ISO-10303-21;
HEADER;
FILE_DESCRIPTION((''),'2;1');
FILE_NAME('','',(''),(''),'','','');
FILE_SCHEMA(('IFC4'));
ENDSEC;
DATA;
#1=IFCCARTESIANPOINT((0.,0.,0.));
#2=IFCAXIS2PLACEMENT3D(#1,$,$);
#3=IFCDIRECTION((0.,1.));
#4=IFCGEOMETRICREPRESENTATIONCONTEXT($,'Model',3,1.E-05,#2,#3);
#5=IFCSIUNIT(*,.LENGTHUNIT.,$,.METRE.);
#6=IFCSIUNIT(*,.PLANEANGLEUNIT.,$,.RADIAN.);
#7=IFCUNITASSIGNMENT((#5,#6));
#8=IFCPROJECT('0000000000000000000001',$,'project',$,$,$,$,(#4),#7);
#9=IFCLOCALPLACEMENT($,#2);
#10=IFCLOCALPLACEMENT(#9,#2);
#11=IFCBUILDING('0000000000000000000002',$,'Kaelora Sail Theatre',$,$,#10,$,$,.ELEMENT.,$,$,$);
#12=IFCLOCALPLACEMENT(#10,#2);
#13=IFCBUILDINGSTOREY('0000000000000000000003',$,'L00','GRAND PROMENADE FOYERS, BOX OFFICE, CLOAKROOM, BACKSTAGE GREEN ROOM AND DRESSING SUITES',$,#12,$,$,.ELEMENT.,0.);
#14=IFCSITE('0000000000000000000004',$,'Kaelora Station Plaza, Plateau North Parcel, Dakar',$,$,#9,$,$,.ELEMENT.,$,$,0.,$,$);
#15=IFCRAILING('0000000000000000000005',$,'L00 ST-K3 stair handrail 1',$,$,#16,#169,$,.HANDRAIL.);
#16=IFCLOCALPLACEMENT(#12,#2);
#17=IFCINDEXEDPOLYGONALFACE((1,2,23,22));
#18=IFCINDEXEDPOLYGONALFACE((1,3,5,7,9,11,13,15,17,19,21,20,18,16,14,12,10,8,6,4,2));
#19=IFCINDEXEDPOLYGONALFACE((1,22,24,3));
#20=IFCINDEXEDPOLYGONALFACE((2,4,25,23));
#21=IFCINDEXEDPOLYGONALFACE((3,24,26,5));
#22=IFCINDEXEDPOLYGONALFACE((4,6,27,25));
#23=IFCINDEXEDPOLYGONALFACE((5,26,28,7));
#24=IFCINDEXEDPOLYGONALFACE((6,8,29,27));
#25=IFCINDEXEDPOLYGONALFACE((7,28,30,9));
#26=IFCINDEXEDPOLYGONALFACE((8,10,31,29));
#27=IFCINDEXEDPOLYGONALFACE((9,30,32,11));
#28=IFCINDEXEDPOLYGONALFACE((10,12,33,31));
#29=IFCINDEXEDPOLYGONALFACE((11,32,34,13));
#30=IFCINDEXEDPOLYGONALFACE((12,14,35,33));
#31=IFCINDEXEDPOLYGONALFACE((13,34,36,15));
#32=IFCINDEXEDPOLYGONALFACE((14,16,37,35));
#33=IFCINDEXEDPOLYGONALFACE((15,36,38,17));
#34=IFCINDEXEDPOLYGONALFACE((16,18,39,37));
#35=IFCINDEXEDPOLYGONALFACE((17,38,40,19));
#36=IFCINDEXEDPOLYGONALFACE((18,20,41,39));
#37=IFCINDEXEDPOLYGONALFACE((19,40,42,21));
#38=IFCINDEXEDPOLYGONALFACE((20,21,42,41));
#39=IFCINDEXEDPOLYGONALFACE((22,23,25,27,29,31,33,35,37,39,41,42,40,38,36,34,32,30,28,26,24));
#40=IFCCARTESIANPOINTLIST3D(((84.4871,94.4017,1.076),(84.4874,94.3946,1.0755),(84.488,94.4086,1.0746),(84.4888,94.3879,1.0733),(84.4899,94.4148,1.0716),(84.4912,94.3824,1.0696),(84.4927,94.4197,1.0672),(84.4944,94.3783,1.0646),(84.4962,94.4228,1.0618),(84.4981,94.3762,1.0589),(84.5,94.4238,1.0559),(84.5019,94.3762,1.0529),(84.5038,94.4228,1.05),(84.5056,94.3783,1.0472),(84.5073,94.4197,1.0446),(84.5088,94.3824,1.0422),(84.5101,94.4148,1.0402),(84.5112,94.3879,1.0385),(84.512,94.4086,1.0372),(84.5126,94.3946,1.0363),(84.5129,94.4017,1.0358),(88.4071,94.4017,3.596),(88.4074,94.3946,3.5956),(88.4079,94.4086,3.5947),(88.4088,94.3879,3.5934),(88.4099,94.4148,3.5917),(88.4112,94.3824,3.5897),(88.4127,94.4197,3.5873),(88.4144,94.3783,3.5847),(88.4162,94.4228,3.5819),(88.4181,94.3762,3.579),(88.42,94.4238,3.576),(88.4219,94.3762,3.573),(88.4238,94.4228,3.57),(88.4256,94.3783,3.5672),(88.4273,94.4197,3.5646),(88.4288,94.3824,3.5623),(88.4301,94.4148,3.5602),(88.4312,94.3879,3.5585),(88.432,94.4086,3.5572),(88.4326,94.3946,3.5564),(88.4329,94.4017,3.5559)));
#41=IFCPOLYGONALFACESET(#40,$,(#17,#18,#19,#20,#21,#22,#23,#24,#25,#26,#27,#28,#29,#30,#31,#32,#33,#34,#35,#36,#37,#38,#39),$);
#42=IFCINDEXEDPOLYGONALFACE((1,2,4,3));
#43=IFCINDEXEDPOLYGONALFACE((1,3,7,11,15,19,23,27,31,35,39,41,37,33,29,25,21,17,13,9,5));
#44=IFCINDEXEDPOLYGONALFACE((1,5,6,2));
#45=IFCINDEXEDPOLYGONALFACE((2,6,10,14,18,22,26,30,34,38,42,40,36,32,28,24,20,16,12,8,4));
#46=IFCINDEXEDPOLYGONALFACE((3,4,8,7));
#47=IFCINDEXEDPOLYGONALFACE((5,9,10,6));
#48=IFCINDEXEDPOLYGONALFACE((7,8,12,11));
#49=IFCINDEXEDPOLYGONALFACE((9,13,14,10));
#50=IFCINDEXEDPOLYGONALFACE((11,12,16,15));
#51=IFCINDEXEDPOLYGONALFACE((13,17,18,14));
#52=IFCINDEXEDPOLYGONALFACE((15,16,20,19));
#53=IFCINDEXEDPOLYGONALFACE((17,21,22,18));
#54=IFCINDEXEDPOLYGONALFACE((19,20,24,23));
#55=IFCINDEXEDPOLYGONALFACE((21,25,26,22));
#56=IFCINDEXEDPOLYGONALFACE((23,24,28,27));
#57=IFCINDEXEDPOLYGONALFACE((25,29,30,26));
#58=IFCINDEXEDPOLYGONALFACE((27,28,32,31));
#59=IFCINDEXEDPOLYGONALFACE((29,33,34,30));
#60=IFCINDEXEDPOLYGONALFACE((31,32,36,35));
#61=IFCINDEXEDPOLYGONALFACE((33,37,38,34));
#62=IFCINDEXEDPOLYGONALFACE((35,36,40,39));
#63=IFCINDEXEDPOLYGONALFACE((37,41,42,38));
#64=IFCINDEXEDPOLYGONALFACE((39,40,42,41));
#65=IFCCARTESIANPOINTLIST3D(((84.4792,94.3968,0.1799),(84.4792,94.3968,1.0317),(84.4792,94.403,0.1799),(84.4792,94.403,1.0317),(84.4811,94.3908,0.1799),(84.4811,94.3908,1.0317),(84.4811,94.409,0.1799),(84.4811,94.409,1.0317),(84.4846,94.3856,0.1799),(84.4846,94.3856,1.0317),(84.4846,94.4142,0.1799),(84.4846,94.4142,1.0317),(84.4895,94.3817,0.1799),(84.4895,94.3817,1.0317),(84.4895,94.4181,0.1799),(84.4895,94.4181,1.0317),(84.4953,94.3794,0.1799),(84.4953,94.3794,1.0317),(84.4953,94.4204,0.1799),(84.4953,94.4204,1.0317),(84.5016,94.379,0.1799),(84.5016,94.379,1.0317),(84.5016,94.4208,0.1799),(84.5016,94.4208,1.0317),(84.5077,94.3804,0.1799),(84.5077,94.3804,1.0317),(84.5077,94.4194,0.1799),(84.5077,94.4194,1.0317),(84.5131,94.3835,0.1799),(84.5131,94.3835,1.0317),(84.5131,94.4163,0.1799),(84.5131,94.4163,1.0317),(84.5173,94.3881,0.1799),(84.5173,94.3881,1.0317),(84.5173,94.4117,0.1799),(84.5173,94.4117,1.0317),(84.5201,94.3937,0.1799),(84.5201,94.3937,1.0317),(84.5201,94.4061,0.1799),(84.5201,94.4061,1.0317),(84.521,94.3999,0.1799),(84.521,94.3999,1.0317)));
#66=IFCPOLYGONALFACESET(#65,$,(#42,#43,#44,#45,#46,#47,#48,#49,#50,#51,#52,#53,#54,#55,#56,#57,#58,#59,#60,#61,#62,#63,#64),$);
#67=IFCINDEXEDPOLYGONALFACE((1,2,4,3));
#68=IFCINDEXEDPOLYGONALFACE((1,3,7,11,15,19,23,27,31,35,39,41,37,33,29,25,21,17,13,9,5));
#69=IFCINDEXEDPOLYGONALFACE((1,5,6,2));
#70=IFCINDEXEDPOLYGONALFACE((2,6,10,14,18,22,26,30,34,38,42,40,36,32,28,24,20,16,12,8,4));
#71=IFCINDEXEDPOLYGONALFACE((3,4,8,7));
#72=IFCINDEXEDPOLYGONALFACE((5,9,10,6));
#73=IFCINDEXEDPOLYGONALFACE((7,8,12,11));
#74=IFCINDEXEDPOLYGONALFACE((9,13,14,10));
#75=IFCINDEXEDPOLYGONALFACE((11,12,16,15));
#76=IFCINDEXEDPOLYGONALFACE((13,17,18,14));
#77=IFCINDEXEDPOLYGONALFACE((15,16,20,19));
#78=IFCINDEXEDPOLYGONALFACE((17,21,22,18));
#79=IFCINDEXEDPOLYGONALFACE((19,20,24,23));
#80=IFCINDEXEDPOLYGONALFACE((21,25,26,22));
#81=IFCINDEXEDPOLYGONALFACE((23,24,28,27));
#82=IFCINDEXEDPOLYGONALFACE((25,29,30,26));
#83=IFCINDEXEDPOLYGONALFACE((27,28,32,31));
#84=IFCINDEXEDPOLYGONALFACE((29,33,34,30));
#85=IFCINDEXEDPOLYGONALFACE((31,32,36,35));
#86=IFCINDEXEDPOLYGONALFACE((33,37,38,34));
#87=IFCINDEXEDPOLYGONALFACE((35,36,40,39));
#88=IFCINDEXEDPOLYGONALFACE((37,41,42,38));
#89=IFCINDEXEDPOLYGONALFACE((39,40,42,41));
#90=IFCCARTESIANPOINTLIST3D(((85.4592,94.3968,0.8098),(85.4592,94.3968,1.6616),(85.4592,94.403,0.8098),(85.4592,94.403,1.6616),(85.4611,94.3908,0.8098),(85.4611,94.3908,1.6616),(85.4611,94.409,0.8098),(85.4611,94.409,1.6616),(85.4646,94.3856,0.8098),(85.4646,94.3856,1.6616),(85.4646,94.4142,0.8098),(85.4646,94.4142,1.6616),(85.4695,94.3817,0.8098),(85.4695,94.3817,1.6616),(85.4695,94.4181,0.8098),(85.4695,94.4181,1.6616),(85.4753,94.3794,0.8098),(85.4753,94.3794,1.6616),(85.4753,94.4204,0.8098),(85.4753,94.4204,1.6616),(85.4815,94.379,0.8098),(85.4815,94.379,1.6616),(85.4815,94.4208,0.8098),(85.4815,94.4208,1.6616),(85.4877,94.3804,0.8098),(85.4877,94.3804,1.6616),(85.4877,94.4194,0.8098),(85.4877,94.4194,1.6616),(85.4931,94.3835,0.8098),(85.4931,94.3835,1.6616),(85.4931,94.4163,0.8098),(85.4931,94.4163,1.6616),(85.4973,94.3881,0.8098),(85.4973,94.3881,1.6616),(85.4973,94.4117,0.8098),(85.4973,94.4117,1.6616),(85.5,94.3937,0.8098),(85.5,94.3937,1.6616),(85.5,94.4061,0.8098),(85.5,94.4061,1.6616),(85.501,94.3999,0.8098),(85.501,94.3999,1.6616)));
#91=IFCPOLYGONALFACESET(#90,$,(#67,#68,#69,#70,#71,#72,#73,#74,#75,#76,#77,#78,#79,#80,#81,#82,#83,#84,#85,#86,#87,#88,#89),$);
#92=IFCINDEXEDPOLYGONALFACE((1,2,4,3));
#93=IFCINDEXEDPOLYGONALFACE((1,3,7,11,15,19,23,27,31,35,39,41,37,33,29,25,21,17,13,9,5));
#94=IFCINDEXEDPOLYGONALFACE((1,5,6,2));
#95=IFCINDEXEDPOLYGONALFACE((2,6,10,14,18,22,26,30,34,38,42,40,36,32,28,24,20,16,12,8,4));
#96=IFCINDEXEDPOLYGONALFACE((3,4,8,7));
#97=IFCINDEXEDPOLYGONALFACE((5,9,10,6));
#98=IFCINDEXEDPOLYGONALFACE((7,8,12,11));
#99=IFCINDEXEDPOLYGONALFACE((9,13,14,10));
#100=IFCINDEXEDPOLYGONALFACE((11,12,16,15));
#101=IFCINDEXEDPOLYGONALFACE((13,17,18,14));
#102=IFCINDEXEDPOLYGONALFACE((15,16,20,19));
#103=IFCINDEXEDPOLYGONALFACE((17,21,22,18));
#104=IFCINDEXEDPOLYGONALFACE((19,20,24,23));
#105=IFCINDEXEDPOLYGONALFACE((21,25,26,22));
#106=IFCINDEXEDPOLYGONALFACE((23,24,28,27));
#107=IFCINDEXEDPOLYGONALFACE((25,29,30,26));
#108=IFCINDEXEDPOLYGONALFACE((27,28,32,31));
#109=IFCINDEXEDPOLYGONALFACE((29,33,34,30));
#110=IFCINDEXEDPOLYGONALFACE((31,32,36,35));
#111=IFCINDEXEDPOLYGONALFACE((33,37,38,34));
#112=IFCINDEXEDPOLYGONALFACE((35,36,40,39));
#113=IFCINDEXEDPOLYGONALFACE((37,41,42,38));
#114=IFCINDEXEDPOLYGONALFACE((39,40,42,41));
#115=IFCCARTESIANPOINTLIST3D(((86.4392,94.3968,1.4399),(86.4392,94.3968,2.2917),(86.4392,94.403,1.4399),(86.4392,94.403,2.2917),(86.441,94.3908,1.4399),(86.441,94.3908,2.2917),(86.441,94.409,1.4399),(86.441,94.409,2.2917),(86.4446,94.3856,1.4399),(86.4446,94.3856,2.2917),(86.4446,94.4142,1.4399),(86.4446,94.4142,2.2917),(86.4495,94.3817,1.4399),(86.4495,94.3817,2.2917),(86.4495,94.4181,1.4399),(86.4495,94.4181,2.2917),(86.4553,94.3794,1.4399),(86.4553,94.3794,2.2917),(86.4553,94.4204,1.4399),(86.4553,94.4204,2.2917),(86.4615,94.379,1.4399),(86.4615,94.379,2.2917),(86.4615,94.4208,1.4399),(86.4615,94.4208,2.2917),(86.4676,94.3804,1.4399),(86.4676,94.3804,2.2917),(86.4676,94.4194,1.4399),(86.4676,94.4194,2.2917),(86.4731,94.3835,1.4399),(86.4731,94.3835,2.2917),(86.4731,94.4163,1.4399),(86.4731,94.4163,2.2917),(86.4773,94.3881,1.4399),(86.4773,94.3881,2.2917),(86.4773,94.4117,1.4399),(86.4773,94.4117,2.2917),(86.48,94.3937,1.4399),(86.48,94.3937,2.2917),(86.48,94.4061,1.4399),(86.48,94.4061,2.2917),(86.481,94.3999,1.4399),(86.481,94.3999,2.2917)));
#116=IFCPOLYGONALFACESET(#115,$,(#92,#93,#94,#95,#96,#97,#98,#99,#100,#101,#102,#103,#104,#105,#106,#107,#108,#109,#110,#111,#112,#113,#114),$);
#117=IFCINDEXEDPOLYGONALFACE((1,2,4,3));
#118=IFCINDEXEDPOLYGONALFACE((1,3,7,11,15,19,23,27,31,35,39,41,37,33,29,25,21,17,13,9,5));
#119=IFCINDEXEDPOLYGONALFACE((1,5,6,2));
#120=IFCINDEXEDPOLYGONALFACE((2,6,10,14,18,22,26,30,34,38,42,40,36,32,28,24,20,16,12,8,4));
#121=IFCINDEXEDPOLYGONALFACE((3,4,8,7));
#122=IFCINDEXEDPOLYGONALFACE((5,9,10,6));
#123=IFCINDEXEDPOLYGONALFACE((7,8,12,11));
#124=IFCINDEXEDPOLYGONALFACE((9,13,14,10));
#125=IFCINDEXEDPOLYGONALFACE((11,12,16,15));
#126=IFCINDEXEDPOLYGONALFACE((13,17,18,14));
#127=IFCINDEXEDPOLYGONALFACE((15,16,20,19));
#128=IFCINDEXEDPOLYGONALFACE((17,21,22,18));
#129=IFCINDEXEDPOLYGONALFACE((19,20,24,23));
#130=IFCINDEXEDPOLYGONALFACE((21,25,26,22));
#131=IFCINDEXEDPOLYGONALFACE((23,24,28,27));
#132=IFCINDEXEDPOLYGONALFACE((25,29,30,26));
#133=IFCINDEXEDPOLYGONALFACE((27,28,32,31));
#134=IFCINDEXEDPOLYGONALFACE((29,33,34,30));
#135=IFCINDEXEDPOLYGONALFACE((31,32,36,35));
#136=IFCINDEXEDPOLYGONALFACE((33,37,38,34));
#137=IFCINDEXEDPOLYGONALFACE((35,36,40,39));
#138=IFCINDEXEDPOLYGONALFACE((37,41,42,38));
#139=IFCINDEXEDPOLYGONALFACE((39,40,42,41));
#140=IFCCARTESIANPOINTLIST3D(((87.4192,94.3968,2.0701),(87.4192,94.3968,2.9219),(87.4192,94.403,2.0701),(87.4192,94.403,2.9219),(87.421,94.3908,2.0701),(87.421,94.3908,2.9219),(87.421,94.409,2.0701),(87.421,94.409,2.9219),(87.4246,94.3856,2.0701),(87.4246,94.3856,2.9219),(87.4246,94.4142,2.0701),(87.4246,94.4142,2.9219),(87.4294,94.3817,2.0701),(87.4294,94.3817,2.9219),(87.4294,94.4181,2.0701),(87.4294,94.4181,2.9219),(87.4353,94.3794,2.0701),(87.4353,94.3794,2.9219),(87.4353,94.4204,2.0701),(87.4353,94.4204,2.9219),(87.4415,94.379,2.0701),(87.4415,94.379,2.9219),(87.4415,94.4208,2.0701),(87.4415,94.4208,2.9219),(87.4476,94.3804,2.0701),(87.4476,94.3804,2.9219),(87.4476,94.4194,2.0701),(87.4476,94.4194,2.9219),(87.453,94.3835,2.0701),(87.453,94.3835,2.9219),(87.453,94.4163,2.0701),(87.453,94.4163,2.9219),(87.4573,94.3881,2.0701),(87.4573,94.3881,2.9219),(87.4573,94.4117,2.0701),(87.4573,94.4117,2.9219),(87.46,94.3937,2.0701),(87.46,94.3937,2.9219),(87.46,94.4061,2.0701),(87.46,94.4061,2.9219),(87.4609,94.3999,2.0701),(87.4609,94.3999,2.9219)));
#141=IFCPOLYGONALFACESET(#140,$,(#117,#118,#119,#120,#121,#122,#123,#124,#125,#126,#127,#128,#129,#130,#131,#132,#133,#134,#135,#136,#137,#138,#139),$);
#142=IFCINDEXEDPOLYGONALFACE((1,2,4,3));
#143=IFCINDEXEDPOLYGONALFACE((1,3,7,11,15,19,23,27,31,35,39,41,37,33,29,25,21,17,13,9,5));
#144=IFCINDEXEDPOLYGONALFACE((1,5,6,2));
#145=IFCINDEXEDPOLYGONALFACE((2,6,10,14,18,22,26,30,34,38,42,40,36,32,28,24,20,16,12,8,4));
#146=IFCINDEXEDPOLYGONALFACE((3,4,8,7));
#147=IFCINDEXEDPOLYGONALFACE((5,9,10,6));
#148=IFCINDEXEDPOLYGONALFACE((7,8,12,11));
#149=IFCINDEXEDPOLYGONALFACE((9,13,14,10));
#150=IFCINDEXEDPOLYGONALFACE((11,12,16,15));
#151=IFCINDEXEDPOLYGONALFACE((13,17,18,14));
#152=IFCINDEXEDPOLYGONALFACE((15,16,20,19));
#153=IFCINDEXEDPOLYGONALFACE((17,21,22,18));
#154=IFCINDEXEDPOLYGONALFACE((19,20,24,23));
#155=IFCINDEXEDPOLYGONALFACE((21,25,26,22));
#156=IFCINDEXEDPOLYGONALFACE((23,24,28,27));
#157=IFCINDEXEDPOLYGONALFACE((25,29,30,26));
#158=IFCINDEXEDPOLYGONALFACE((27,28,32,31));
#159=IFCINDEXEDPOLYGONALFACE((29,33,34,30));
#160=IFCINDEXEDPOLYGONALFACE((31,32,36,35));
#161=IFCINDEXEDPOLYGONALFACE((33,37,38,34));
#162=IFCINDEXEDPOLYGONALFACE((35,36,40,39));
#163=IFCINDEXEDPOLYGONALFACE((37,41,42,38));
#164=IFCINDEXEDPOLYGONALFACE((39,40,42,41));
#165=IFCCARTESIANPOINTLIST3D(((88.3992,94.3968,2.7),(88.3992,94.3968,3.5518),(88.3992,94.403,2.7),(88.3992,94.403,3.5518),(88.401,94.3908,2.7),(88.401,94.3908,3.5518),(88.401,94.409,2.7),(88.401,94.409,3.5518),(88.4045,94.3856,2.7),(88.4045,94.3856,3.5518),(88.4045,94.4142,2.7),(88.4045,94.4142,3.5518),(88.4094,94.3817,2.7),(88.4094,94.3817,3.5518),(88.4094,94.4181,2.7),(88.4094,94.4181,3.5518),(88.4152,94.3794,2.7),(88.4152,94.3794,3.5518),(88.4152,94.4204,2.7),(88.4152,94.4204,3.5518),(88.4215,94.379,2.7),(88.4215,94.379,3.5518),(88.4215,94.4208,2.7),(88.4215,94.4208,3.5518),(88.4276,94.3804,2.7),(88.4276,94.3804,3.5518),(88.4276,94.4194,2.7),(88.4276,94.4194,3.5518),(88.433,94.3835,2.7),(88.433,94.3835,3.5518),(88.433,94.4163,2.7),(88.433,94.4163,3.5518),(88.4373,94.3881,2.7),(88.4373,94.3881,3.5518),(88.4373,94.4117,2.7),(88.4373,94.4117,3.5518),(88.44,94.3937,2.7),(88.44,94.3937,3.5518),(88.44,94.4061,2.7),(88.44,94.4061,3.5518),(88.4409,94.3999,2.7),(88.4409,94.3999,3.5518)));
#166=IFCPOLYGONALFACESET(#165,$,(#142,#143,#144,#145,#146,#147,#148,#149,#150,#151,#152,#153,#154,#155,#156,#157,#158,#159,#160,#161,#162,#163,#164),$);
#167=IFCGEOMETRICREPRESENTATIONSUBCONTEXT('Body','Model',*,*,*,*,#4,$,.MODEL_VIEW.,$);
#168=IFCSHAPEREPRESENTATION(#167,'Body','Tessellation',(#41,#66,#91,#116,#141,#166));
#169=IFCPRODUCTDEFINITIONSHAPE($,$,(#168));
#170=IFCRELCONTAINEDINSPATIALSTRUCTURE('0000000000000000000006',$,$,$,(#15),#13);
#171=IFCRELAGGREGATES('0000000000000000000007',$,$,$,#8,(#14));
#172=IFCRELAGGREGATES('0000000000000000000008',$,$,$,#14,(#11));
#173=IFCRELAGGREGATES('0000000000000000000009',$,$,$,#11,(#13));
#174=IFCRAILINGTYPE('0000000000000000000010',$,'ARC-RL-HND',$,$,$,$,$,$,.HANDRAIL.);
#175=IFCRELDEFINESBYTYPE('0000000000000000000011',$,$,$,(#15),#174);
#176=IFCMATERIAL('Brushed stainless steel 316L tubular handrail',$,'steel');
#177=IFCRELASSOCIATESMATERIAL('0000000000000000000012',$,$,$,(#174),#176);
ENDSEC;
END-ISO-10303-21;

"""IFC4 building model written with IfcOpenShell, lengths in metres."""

from ifc_helpers import new_model, si_unit, direction, frame, origin, origin_2d, place, context, subcontext, project, spatial, circle, extrude, material, type_object, element, save


model = new_model("IFC4")

# Units and contexts
model_context = context("Model", 3, precision=1e-05, world=origin(), true_north=direction((0.0, 1.0)))
body_context = subcontext(model_context, "Body", "Model", "MODEL_VIEW")
ifc_project = project(units=[si_unit("LENGTHUNIT", "METRE"), si_unit("PLANEANGLEUNIT", "RADIAN")], contexts=[model_context])

# Site, building, storey
site_placement = place(None, origin())
site = spatial("IfcSite", under=ifc_project, at=site_placement, Name="Kaelora Station Plaza, Plateau North Parcel, Dakar", CompositionType="ELEMENT", RefElevation=0.0)
building_placement = place(site_placement, origin())
building = spatial("IfcBuilding", under=site, at=building_placement, Name="Kaelora Sail Theatre", CompositionType="ELEMENT")
storey_placement = place(building_placement, origin())
storey = spatial("IfcBuildingStorey", under=building, at=storey_placement, Name="L00", Description="GRAND PROMENADE FOYERS, BOX OFFICE, CLOAKROOM, BACKSTAGE GREEN ROOM AND DRESSING SUITES", CompositionType="ELEMENT", Elevation=0.0)

# Railing
ifc_material_1 = material(Name="Brushed stainless steel 316L tubular handrail", Category="steel")
railing_type_1 = type_object("IfcRailingType", Name="ARC-RL-HND", PredefinedType="HANDRAIL", material=ifc_material_1)
railing_1_placement = place(storey_placement, frame((84.5, 94.3999, 0.1799)))
element("IfcRailing", 1, at=railing_1_placement, inside=storey, type_object=railing_type_1, Name="L00 ST-K3 stair handrail 1", PredefinedType="HANDRAIL", context=body_context, shape_type="SweptSolid", body=[
    extrude(circle(Radius=0.0239, at=origin_2d()), frame((0.0, 0.0, 0.876), z_axis=(0.841172, 0.0, 0.540768), x_axis=(0.0, 1.0, 0.0)), (0.0, 0.0, 1.0), 4.6602),
    extrude(circle(Radius=0.021, at=origin_2d()), origin(), (0.0, 0.0, 1.0), 0.8518),
    extrude(circle(Radius=0.021, at=origin_2d()), frame((0.98, 0.0, 0.6299)), (0.0, 0.0, 1.0), 0.8518),
    extrude(circle(Radius=0.021, at=origin_2d()), frame((1.96, 0.0, 1.26)), (0.0, 0.0, 1.0), 0.8518),
    extrude(circle(Radius=0.021, at=origin_2d()), frame((2.9399, 0.0, 1.8901)), (0.0, 0.0, 1.0), 0.8518),
    extrude(circle(Radius=0.021, at=origin_2d()), frame((3.9199, 0.0, 2.52)), (0.0, 0.0, 1.0), 0.8518),
])

save(model, "model.ifc")
